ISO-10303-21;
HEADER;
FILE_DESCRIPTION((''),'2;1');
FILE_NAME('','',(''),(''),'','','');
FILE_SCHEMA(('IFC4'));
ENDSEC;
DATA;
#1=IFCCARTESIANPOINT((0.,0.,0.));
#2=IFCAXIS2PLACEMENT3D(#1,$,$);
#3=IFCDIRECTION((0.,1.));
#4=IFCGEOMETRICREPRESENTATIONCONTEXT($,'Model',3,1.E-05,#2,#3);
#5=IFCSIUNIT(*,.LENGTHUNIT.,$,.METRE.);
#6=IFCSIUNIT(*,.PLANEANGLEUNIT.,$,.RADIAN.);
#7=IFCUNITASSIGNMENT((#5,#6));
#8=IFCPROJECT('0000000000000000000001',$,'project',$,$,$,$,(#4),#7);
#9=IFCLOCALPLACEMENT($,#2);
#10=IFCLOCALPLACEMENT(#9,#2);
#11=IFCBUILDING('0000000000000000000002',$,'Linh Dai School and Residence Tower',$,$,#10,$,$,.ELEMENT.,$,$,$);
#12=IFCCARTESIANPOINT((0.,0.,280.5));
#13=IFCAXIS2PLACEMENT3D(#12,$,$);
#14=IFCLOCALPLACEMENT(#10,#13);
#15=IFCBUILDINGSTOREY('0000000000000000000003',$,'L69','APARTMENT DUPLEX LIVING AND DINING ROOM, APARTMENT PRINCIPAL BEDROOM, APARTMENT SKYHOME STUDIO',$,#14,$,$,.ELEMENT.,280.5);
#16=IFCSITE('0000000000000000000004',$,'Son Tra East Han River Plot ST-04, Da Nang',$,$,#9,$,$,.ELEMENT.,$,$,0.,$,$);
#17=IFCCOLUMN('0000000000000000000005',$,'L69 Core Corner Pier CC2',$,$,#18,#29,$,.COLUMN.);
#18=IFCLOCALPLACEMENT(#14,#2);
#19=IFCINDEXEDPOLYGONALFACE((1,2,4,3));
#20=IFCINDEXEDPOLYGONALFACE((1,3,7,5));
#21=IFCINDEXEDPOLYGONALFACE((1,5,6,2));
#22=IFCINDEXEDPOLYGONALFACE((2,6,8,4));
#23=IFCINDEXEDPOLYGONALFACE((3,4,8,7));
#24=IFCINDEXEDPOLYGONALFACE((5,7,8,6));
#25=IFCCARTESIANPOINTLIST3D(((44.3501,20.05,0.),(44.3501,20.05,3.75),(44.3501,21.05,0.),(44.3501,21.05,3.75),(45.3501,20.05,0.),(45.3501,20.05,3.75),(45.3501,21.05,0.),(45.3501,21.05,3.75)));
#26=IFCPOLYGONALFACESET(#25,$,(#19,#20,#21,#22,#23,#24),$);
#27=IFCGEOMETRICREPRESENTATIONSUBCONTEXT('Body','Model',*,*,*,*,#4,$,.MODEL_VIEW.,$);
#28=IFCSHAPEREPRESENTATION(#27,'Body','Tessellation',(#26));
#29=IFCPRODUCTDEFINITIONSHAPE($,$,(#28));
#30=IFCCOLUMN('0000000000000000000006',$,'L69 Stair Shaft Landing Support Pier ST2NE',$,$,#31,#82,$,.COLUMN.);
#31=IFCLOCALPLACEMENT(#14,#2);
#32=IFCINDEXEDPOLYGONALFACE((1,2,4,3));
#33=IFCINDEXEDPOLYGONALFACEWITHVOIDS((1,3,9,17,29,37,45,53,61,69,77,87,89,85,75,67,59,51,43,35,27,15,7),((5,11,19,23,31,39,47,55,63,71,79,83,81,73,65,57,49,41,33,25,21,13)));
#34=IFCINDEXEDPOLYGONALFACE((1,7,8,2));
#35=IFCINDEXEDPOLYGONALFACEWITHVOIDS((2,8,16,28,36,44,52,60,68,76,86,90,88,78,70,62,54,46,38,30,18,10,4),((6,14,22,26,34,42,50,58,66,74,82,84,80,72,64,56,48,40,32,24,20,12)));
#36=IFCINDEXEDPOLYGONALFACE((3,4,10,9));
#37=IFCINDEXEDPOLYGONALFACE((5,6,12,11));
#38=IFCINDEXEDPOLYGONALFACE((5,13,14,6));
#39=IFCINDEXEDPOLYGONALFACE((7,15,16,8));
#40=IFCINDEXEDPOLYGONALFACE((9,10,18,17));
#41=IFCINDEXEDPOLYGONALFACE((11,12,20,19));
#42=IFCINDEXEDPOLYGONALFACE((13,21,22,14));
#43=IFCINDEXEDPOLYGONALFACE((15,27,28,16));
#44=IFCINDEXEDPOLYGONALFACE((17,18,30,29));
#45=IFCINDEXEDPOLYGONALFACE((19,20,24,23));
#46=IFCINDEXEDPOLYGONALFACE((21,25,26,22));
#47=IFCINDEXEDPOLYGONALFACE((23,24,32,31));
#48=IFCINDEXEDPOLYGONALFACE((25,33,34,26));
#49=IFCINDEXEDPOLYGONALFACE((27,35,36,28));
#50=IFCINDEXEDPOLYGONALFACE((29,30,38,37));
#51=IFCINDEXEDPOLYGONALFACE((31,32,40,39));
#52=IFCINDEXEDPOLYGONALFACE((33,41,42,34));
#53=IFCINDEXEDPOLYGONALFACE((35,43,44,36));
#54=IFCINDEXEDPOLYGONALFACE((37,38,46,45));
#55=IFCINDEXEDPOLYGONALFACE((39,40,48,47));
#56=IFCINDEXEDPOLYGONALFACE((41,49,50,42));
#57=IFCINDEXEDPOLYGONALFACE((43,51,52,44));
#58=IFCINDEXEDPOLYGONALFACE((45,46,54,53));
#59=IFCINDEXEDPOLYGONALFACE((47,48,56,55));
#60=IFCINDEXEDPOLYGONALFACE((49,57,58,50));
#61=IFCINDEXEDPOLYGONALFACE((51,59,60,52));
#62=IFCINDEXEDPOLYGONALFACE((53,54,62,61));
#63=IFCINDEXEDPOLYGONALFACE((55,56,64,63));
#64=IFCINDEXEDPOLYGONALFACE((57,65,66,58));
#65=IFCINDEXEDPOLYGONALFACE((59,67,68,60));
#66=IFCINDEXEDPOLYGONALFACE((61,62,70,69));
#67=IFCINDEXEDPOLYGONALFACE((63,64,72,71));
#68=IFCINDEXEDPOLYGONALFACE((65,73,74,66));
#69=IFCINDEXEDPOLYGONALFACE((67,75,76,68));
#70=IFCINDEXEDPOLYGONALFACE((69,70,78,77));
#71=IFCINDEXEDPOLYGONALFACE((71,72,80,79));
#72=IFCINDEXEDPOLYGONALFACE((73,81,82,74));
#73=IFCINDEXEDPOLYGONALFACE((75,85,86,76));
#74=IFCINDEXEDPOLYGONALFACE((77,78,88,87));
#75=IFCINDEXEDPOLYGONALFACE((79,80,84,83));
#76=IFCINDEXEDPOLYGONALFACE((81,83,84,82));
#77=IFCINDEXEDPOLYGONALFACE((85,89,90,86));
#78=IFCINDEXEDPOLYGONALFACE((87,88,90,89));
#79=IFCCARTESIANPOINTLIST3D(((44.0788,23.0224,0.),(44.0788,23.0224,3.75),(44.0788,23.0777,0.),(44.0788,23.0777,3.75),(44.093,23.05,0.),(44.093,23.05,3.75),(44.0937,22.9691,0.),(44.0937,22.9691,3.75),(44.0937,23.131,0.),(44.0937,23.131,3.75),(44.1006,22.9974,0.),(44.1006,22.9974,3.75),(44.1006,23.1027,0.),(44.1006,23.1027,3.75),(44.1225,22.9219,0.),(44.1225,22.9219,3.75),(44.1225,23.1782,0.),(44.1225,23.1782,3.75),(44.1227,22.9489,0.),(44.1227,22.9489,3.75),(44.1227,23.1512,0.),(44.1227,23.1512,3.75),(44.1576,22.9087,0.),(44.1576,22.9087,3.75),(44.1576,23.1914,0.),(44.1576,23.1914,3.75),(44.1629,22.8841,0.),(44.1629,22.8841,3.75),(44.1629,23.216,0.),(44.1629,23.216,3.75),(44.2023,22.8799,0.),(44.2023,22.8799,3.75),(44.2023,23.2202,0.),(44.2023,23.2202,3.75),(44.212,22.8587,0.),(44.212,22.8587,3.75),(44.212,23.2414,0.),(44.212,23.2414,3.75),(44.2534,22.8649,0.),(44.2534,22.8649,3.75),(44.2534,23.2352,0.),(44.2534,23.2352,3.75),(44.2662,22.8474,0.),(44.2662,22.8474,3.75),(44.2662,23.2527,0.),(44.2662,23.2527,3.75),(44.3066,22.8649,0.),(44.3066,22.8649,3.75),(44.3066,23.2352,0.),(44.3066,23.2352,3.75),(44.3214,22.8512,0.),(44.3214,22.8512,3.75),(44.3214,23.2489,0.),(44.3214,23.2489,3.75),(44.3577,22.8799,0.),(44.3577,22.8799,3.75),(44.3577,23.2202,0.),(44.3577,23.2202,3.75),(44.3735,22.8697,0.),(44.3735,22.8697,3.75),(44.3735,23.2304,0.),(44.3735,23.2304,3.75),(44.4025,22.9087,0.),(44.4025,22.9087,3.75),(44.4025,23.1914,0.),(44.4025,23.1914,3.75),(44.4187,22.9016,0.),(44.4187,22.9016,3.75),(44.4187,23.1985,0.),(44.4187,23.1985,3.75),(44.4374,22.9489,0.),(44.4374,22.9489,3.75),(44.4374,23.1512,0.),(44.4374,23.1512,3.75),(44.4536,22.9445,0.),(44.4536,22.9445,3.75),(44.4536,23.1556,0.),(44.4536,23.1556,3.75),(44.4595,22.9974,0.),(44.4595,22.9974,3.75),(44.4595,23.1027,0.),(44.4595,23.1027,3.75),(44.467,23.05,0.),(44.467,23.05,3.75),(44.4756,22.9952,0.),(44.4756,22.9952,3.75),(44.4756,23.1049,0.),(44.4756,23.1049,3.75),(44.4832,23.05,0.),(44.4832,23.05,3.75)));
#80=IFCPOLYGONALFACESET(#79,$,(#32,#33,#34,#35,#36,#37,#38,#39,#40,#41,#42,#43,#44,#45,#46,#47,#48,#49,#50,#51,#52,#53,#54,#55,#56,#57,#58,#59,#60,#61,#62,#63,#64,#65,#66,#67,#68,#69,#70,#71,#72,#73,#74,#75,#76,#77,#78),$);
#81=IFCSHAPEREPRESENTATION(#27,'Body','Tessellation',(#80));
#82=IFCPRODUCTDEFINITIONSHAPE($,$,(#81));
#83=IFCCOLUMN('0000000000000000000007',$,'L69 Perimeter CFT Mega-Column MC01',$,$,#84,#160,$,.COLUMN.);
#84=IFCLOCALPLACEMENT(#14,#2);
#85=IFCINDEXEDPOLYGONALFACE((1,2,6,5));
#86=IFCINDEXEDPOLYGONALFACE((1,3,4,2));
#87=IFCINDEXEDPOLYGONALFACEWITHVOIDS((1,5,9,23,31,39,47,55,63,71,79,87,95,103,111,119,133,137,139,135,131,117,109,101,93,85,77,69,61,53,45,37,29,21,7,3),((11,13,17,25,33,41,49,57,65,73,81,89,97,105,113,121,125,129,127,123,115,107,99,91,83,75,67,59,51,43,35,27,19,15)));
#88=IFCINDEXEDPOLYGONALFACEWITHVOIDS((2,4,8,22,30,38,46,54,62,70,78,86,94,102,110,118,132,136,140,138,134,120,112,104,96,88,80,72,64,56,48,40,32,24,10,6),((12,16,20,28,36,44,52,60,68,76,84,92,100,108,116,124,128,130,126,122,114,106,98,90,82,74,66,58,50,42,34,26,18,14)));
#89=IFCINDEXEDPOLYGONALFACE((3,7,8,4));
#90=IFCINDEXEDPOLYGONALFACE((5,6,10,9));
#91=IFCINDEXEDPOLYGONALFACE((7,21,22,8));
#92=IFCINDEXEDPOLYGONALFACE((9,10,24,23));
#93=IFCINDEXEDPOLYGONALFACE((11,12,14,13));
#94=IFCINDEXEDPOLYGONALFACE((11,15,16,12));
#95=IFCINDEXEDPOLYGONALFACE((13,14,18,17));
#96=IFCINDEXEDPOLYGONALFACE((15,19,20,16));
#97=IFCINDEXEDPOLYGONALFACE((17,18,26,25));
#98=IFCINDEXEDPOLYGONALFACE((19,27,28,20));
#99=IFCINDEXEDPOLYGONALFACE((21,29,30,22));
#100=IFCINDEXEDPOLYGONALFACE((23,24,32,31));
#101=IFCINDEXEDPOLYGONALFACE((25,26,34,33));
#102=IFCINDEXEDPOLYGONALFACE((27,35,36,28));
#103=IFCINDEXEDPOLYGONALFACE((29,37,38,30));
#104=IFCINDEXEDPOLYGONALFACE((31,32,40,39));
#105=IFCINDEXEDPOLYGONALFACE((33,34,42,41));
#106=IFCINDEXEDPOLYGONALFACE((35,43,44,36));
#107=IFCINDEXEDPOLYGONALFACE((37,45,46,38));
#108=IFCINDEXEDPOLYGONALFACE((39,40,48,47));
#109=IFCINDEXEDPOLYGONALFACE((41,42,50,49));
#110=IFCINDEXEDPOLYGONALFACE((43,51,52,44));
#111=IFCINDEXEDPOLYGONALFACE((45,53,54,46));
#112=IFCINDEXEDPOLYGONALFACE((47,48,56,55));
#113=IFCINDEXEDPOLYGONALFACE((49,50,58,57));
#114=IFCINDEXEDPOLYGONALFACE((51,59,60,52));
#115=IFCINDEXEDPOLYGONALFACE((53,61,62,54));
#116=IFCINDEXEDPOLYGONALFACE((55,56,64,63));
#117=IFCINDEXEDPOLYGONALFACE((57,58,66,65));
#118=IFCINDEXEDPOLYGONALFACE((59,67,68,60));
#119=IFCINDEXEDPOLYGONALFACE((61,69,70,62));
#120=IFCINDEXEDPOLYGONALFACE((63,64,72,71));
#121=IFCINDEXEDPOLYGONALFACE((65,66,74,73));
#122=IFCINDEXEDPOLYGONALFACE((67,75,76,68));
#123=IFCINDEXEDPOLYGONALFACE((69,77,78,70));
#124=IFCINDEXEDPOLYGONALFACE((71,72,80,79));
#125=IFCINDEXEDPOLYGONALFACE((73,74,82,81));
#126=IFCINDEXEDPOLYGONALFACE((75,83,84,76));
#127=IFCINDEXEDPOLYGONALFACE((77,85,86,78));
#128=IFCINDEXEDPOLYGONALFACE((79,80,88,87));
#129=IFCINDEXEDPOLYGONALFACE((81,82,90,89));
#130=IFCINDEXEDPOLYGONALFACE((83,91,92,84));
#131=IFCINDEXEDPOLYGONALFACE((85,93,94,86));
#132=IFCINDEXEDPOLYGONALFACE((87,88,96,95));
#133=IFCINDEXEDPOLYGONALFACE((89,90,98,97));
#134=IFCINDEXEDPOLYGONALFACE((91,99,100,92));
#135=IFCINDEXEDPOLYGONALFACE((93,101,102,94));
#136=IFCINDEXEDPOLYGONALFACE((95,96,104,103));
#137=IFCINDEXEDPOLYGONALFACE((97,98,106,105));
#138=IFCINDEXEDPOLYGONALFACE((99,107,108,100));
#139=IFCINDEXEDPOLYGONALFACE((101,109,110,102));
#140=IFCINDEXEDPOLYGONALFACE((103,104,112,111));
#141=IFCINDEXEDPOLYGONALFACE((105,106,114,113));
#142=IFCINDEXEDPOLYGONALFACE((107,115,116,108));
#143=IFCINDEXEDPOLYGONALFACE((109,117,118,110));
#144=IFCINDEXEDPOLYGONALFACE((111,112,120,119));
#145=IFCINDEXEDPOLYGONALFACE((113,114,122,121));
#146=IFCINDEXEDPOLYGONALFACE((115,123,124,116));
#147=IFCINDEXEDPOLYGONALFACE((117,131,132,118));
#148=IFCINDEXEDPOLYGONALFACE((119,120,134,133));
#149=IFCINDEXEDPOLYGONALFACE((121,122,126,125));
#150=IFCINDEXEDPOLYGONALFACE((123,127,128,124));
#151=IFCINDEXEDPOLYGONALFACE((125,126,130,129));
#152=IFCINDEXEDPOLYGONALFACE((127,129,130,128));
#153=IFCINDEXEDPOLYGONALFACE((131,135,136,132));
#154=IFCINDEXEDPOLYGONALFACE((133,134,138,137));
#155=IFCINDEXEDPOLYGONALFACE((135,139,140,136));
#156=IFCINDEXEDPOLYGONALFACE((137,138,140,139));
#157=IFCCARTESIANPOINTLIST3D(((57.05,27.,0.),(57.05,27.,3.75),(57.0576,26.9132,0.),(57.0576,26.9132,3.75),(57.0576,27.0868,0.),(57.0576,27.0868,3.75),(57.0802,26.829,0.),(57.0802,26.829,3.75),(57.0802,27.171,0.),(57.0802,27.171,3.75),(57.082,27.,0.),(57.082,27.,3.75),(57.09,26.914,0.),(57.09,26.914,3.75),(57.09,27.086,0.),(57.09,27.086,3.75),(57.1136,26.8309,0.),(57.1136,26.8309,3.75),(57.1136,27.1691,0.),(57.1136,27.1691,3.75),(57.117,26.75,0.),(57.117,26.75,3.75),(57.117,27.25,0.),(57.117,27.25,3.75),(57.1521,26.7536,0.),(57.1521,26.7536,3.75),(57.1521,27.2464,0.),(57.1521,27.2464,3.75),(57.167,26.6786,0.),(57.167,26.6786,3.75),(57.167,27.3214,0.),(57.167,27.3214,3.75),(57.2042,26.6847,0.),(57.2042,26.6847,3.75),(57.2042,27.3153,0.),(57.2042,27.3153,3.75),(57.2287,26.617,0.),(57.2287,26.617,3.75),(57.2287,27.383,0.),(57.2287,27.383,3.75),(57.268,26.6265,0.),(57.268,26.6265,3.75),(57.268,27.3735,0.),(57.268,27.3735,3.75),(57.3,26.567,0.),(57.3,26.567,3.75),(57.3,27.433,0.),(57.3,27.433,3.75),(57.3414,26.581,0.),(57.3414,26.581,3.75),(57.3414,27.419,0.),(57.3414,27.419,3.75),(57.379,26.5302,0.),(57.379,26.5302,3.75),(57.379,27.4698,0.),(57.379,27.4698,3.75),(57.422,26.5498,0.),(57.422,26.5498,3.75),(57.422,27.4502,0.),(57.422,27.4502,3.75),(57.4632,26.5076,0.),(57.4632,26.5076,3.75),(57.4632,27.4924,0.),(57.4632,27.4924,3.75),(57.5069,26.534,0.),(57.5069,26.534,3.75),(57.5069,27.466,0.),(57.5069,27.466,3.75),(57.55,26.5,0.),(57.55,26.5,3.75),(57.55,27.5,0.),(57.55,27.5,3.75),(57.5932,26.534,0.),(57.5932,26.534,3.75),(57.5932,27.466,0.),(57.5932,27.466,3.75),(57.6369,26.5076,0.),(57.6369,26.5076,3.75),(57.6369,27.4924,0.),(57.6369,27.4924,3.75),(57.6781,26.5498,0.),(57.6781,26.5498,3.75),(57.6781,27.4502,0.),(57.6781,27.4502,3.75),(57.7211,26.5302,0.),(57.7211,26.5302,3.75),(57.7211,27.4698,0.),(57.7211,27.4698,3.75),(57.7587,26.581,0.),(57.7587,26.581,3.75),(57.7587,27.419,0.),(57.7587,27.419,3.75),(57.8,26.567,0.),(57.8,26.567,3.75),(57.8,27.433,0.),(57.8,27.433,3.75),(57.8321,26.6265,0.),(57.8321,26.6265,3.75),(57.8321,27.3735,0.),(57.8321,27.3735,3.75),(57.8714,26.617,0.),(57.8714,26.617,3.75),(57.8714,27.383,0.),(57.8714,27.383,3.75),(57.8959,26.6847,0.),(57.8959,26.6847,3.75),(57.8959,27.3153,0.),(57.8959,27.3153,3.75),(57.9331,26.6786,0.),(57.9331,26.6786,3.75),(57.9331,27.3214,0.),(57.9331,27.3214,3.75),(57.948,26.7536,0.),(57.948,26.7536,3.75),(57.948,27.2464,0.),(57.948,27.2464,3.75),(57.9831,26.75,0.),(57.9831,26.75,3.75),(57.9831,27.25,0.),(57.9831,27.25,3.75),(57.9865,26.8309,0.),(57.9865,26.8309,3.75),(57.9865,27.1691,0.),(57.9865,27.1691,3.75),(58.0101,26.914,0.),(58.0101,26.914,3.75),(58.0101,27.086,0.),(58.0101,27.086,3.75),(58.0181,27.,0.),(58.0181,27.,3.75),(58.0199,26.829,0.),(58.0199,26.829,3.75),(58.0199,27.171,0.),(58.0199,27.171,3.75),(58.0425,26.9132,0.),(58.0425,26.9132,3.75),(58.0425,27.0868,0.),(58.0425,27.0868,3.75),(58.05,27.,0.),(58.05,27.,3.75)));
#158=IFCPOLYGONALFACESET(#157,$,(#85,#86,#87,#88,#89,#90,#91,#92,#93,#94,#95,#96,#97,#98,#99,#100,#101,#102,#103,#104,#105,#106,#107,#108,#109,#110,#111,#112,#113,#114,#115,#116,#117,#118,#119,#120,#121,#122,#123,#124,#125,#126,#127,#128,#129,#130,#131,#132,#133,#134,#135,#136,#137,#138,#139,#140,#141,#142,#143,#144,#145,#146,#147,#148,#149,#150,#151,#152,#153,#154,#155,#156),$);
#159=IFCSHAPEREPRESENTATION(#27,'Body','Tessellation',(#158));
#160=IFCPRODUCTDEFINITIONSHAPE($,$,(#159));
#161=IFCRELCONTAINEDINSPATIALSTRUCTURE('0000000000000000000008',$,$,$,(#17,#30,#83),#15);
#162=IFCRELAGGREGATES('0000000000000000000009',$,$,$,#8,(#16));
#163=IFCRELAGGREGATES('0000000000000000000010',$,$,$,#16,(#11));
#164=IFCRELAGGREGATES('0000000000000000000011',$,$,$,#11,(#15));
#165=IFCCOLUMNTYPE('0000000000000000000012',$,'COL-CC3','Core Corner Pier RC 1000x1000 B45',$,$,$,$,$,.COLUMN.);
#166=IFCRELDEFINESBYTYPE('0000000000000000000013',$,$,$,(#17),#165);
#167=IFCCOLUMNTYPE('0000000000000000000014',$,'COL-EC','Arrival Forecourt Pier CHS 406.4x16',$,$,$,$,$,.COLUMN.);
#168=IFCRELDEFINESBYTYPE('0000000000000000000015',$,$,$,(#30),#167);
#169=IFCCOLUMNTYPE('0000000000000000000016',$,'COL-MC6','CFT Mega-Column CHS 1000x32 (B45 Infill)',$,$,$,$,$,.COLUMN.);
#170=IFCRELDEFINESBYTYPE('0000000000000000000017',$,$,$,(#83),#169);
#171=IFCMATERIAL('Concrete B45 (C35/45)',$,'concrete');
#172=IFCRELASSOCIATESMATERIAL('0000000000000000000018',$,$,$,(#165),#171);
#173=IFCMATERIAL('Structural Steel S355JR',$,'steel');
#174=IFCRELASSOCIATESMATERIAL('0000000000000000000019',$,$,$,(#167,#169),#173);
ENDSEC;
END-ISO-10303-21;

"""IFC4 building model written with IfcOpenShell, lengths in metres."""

from ifc_helpers import new_model, si_unit, direction, frame, origin, origin_2d, place, context, subcontext, project, spatial, rectangle, hollow_circle, extrude, material, material_profile, profile_set, type_object, element, save


model = new_model("IFC4")

# Units and contexts
model_context = context("Model", 3, precision=1e-05, world=origin(), true_north=direction((0.0, 1.0)))
body_context = subcontext(model_context, "Body", "Model", "MODEL_VIEW")
ifc_project = project(units=[si_unit("LENGTHUNIT", "METRE"), si_unit("PLANEANGLEUNIT", "RADIAN")], contexts=[model_context])

# Site, building, storey
site_placement = place(None, origin())
site = spatial("IfcSite", under=ifc_project, at=site_placement, Name="Son Tra East Han River Plot ST-04, Da Nang", CompositionType="ELEMENT", RefElevation=0.0)
building_placement = place(site_placement, origin())
building = spatial("IfcBuilding", under=site, at=building_placement, Name="Linh Dai School and Residence Tower", CompositionType="ELEMENT")
storey_placement = place(building_placement, frame((0.0, 0.0, 280.5)))
storey = spatial("IfcBuildingStorey", under=building, at=storey_placement, Name="L69", Description="APARTMENT DUPLEX LIVING AND DINING ROOM, APARTMENT PRINCIPAL BEDROOM, APARTMENT SKYHOME STUDIO", CompositionType="ELEMENT", Elevation=280.5)

# Columns
ifc_material_1 = material(Name="Concrete B45 (C35/45)", Category="concrete")
ifc_material_profile_1 = material_profile(ifc_material_1, rectangle(XDim=1.0, YDim=1.0, at=origin_2d()), Name="RC 1000x1000")
ifc_profile_set_1 = profile_set([ifc_material_profile_1], Name="Concrete B45 (C35/45)")
column_type_1 = type_object("IfcColumnType", Name="COL-CC3", Description="Core Corner Pier RC 1000x1000 B45", PredefinedType="COLUMN", material=ifc_profile_set_1)
column_1_placement = place(storey_placement, frame((44.8501, 20.55, 0.0), z_axis=(0.0, 0.0, 1.0), x_axis=(1.0, 0.0, 0.0)))
element("IfcColumn", 1, at=column_1_placement, inside=storey, type_object=column_type_1, Name="L69 Core Corner Pier CC2", PredefinedType="COLUMN", context=body_context, shape_type="SweptSolid", body=[
    extrude(rectangle(XDim=1.0, YDim=1.0, at=origin_2d()), origin(), (0.0, 0.0, 1.0), 3.75),
])
ifc_material_2 = material(Name="Structural Steel S355JR", Category="steel")
ifc_material_profile_2 = material_profile(ifc_material_2, hollow_circle(Radius=0.2031, WallThickness=0.0161, at=origin_2d()), Name="CHS 406.4x16")
ifc_profile_set_2 = profile_set([ifc_material_profile_2], Name="Structural Steel S355JR")
column_type_2 = type_object("IfcColumnType", Name="COL-EC", Description="Arrival Forecourt Pier CHS 406.4x16", PredefinedType="COLUMN", material=ifc_profile_set_2)
column_2_placement = place(storey_placement, frame((44.28, 23.05, 0.0), z_axis=(0.0, 0.0, 1.0), x_axis=(1.0, 0.0, 0.0)))
element("IfcColumn", 2, at=column_2_placement, inside=storey, type_object=column_type_2, Name="L69 Stair Shaft Landing Support Pier ST2NE", PredefinedType="COLUMN", context=body_context, shape_type="SweptSolid", body=[
    extrude(hollow_circle(Radius=0.2031, WallThickness=0.0161, at=origin_2d()), origin(), (0.0, 0.0, 1.0), 3.75),
])
ifc_material_profile_3 = material_profile(ifc_material_2, hollow_circle(Radius=0.5, WallThickness=0.032, at=origin_2d()), Name="CHS 1000x32")
ifc_profile_set_3 = profile_set([ifc_material_profile_3], Name="Structural Steel S355JR")
column_type_3 = type_object("IfcColumnType", Name="COL-MC6", Description="CFT Mega-Column CHS 1000x32 (B45 Infill)", PredefinedType="COLUMN", material=ifc_profile_set_3)
column_3_placement = place(storey_placement, frame((57.55, 27.0, 0.0), z_axis=(0.0, 0.0, 1.0), x_axis=(1.0, 0.0, 0.0)))
element("IfcColumn", 3, at=column_3_placement, inside=storey, type_object=column_type_3, Name="L69 Perimeter CFT Mega-Column MC01", PredefinedType="COLUMN", context=body_context, shape_type="SweptSolid", body=[
    extrude(hollow_circle(Radius=0.5, WallThickness=0.032, at=origin_2d()), origin(), (0.0, 0.0, 1.0), 3.75),
])

save(model, "model.ifc")
